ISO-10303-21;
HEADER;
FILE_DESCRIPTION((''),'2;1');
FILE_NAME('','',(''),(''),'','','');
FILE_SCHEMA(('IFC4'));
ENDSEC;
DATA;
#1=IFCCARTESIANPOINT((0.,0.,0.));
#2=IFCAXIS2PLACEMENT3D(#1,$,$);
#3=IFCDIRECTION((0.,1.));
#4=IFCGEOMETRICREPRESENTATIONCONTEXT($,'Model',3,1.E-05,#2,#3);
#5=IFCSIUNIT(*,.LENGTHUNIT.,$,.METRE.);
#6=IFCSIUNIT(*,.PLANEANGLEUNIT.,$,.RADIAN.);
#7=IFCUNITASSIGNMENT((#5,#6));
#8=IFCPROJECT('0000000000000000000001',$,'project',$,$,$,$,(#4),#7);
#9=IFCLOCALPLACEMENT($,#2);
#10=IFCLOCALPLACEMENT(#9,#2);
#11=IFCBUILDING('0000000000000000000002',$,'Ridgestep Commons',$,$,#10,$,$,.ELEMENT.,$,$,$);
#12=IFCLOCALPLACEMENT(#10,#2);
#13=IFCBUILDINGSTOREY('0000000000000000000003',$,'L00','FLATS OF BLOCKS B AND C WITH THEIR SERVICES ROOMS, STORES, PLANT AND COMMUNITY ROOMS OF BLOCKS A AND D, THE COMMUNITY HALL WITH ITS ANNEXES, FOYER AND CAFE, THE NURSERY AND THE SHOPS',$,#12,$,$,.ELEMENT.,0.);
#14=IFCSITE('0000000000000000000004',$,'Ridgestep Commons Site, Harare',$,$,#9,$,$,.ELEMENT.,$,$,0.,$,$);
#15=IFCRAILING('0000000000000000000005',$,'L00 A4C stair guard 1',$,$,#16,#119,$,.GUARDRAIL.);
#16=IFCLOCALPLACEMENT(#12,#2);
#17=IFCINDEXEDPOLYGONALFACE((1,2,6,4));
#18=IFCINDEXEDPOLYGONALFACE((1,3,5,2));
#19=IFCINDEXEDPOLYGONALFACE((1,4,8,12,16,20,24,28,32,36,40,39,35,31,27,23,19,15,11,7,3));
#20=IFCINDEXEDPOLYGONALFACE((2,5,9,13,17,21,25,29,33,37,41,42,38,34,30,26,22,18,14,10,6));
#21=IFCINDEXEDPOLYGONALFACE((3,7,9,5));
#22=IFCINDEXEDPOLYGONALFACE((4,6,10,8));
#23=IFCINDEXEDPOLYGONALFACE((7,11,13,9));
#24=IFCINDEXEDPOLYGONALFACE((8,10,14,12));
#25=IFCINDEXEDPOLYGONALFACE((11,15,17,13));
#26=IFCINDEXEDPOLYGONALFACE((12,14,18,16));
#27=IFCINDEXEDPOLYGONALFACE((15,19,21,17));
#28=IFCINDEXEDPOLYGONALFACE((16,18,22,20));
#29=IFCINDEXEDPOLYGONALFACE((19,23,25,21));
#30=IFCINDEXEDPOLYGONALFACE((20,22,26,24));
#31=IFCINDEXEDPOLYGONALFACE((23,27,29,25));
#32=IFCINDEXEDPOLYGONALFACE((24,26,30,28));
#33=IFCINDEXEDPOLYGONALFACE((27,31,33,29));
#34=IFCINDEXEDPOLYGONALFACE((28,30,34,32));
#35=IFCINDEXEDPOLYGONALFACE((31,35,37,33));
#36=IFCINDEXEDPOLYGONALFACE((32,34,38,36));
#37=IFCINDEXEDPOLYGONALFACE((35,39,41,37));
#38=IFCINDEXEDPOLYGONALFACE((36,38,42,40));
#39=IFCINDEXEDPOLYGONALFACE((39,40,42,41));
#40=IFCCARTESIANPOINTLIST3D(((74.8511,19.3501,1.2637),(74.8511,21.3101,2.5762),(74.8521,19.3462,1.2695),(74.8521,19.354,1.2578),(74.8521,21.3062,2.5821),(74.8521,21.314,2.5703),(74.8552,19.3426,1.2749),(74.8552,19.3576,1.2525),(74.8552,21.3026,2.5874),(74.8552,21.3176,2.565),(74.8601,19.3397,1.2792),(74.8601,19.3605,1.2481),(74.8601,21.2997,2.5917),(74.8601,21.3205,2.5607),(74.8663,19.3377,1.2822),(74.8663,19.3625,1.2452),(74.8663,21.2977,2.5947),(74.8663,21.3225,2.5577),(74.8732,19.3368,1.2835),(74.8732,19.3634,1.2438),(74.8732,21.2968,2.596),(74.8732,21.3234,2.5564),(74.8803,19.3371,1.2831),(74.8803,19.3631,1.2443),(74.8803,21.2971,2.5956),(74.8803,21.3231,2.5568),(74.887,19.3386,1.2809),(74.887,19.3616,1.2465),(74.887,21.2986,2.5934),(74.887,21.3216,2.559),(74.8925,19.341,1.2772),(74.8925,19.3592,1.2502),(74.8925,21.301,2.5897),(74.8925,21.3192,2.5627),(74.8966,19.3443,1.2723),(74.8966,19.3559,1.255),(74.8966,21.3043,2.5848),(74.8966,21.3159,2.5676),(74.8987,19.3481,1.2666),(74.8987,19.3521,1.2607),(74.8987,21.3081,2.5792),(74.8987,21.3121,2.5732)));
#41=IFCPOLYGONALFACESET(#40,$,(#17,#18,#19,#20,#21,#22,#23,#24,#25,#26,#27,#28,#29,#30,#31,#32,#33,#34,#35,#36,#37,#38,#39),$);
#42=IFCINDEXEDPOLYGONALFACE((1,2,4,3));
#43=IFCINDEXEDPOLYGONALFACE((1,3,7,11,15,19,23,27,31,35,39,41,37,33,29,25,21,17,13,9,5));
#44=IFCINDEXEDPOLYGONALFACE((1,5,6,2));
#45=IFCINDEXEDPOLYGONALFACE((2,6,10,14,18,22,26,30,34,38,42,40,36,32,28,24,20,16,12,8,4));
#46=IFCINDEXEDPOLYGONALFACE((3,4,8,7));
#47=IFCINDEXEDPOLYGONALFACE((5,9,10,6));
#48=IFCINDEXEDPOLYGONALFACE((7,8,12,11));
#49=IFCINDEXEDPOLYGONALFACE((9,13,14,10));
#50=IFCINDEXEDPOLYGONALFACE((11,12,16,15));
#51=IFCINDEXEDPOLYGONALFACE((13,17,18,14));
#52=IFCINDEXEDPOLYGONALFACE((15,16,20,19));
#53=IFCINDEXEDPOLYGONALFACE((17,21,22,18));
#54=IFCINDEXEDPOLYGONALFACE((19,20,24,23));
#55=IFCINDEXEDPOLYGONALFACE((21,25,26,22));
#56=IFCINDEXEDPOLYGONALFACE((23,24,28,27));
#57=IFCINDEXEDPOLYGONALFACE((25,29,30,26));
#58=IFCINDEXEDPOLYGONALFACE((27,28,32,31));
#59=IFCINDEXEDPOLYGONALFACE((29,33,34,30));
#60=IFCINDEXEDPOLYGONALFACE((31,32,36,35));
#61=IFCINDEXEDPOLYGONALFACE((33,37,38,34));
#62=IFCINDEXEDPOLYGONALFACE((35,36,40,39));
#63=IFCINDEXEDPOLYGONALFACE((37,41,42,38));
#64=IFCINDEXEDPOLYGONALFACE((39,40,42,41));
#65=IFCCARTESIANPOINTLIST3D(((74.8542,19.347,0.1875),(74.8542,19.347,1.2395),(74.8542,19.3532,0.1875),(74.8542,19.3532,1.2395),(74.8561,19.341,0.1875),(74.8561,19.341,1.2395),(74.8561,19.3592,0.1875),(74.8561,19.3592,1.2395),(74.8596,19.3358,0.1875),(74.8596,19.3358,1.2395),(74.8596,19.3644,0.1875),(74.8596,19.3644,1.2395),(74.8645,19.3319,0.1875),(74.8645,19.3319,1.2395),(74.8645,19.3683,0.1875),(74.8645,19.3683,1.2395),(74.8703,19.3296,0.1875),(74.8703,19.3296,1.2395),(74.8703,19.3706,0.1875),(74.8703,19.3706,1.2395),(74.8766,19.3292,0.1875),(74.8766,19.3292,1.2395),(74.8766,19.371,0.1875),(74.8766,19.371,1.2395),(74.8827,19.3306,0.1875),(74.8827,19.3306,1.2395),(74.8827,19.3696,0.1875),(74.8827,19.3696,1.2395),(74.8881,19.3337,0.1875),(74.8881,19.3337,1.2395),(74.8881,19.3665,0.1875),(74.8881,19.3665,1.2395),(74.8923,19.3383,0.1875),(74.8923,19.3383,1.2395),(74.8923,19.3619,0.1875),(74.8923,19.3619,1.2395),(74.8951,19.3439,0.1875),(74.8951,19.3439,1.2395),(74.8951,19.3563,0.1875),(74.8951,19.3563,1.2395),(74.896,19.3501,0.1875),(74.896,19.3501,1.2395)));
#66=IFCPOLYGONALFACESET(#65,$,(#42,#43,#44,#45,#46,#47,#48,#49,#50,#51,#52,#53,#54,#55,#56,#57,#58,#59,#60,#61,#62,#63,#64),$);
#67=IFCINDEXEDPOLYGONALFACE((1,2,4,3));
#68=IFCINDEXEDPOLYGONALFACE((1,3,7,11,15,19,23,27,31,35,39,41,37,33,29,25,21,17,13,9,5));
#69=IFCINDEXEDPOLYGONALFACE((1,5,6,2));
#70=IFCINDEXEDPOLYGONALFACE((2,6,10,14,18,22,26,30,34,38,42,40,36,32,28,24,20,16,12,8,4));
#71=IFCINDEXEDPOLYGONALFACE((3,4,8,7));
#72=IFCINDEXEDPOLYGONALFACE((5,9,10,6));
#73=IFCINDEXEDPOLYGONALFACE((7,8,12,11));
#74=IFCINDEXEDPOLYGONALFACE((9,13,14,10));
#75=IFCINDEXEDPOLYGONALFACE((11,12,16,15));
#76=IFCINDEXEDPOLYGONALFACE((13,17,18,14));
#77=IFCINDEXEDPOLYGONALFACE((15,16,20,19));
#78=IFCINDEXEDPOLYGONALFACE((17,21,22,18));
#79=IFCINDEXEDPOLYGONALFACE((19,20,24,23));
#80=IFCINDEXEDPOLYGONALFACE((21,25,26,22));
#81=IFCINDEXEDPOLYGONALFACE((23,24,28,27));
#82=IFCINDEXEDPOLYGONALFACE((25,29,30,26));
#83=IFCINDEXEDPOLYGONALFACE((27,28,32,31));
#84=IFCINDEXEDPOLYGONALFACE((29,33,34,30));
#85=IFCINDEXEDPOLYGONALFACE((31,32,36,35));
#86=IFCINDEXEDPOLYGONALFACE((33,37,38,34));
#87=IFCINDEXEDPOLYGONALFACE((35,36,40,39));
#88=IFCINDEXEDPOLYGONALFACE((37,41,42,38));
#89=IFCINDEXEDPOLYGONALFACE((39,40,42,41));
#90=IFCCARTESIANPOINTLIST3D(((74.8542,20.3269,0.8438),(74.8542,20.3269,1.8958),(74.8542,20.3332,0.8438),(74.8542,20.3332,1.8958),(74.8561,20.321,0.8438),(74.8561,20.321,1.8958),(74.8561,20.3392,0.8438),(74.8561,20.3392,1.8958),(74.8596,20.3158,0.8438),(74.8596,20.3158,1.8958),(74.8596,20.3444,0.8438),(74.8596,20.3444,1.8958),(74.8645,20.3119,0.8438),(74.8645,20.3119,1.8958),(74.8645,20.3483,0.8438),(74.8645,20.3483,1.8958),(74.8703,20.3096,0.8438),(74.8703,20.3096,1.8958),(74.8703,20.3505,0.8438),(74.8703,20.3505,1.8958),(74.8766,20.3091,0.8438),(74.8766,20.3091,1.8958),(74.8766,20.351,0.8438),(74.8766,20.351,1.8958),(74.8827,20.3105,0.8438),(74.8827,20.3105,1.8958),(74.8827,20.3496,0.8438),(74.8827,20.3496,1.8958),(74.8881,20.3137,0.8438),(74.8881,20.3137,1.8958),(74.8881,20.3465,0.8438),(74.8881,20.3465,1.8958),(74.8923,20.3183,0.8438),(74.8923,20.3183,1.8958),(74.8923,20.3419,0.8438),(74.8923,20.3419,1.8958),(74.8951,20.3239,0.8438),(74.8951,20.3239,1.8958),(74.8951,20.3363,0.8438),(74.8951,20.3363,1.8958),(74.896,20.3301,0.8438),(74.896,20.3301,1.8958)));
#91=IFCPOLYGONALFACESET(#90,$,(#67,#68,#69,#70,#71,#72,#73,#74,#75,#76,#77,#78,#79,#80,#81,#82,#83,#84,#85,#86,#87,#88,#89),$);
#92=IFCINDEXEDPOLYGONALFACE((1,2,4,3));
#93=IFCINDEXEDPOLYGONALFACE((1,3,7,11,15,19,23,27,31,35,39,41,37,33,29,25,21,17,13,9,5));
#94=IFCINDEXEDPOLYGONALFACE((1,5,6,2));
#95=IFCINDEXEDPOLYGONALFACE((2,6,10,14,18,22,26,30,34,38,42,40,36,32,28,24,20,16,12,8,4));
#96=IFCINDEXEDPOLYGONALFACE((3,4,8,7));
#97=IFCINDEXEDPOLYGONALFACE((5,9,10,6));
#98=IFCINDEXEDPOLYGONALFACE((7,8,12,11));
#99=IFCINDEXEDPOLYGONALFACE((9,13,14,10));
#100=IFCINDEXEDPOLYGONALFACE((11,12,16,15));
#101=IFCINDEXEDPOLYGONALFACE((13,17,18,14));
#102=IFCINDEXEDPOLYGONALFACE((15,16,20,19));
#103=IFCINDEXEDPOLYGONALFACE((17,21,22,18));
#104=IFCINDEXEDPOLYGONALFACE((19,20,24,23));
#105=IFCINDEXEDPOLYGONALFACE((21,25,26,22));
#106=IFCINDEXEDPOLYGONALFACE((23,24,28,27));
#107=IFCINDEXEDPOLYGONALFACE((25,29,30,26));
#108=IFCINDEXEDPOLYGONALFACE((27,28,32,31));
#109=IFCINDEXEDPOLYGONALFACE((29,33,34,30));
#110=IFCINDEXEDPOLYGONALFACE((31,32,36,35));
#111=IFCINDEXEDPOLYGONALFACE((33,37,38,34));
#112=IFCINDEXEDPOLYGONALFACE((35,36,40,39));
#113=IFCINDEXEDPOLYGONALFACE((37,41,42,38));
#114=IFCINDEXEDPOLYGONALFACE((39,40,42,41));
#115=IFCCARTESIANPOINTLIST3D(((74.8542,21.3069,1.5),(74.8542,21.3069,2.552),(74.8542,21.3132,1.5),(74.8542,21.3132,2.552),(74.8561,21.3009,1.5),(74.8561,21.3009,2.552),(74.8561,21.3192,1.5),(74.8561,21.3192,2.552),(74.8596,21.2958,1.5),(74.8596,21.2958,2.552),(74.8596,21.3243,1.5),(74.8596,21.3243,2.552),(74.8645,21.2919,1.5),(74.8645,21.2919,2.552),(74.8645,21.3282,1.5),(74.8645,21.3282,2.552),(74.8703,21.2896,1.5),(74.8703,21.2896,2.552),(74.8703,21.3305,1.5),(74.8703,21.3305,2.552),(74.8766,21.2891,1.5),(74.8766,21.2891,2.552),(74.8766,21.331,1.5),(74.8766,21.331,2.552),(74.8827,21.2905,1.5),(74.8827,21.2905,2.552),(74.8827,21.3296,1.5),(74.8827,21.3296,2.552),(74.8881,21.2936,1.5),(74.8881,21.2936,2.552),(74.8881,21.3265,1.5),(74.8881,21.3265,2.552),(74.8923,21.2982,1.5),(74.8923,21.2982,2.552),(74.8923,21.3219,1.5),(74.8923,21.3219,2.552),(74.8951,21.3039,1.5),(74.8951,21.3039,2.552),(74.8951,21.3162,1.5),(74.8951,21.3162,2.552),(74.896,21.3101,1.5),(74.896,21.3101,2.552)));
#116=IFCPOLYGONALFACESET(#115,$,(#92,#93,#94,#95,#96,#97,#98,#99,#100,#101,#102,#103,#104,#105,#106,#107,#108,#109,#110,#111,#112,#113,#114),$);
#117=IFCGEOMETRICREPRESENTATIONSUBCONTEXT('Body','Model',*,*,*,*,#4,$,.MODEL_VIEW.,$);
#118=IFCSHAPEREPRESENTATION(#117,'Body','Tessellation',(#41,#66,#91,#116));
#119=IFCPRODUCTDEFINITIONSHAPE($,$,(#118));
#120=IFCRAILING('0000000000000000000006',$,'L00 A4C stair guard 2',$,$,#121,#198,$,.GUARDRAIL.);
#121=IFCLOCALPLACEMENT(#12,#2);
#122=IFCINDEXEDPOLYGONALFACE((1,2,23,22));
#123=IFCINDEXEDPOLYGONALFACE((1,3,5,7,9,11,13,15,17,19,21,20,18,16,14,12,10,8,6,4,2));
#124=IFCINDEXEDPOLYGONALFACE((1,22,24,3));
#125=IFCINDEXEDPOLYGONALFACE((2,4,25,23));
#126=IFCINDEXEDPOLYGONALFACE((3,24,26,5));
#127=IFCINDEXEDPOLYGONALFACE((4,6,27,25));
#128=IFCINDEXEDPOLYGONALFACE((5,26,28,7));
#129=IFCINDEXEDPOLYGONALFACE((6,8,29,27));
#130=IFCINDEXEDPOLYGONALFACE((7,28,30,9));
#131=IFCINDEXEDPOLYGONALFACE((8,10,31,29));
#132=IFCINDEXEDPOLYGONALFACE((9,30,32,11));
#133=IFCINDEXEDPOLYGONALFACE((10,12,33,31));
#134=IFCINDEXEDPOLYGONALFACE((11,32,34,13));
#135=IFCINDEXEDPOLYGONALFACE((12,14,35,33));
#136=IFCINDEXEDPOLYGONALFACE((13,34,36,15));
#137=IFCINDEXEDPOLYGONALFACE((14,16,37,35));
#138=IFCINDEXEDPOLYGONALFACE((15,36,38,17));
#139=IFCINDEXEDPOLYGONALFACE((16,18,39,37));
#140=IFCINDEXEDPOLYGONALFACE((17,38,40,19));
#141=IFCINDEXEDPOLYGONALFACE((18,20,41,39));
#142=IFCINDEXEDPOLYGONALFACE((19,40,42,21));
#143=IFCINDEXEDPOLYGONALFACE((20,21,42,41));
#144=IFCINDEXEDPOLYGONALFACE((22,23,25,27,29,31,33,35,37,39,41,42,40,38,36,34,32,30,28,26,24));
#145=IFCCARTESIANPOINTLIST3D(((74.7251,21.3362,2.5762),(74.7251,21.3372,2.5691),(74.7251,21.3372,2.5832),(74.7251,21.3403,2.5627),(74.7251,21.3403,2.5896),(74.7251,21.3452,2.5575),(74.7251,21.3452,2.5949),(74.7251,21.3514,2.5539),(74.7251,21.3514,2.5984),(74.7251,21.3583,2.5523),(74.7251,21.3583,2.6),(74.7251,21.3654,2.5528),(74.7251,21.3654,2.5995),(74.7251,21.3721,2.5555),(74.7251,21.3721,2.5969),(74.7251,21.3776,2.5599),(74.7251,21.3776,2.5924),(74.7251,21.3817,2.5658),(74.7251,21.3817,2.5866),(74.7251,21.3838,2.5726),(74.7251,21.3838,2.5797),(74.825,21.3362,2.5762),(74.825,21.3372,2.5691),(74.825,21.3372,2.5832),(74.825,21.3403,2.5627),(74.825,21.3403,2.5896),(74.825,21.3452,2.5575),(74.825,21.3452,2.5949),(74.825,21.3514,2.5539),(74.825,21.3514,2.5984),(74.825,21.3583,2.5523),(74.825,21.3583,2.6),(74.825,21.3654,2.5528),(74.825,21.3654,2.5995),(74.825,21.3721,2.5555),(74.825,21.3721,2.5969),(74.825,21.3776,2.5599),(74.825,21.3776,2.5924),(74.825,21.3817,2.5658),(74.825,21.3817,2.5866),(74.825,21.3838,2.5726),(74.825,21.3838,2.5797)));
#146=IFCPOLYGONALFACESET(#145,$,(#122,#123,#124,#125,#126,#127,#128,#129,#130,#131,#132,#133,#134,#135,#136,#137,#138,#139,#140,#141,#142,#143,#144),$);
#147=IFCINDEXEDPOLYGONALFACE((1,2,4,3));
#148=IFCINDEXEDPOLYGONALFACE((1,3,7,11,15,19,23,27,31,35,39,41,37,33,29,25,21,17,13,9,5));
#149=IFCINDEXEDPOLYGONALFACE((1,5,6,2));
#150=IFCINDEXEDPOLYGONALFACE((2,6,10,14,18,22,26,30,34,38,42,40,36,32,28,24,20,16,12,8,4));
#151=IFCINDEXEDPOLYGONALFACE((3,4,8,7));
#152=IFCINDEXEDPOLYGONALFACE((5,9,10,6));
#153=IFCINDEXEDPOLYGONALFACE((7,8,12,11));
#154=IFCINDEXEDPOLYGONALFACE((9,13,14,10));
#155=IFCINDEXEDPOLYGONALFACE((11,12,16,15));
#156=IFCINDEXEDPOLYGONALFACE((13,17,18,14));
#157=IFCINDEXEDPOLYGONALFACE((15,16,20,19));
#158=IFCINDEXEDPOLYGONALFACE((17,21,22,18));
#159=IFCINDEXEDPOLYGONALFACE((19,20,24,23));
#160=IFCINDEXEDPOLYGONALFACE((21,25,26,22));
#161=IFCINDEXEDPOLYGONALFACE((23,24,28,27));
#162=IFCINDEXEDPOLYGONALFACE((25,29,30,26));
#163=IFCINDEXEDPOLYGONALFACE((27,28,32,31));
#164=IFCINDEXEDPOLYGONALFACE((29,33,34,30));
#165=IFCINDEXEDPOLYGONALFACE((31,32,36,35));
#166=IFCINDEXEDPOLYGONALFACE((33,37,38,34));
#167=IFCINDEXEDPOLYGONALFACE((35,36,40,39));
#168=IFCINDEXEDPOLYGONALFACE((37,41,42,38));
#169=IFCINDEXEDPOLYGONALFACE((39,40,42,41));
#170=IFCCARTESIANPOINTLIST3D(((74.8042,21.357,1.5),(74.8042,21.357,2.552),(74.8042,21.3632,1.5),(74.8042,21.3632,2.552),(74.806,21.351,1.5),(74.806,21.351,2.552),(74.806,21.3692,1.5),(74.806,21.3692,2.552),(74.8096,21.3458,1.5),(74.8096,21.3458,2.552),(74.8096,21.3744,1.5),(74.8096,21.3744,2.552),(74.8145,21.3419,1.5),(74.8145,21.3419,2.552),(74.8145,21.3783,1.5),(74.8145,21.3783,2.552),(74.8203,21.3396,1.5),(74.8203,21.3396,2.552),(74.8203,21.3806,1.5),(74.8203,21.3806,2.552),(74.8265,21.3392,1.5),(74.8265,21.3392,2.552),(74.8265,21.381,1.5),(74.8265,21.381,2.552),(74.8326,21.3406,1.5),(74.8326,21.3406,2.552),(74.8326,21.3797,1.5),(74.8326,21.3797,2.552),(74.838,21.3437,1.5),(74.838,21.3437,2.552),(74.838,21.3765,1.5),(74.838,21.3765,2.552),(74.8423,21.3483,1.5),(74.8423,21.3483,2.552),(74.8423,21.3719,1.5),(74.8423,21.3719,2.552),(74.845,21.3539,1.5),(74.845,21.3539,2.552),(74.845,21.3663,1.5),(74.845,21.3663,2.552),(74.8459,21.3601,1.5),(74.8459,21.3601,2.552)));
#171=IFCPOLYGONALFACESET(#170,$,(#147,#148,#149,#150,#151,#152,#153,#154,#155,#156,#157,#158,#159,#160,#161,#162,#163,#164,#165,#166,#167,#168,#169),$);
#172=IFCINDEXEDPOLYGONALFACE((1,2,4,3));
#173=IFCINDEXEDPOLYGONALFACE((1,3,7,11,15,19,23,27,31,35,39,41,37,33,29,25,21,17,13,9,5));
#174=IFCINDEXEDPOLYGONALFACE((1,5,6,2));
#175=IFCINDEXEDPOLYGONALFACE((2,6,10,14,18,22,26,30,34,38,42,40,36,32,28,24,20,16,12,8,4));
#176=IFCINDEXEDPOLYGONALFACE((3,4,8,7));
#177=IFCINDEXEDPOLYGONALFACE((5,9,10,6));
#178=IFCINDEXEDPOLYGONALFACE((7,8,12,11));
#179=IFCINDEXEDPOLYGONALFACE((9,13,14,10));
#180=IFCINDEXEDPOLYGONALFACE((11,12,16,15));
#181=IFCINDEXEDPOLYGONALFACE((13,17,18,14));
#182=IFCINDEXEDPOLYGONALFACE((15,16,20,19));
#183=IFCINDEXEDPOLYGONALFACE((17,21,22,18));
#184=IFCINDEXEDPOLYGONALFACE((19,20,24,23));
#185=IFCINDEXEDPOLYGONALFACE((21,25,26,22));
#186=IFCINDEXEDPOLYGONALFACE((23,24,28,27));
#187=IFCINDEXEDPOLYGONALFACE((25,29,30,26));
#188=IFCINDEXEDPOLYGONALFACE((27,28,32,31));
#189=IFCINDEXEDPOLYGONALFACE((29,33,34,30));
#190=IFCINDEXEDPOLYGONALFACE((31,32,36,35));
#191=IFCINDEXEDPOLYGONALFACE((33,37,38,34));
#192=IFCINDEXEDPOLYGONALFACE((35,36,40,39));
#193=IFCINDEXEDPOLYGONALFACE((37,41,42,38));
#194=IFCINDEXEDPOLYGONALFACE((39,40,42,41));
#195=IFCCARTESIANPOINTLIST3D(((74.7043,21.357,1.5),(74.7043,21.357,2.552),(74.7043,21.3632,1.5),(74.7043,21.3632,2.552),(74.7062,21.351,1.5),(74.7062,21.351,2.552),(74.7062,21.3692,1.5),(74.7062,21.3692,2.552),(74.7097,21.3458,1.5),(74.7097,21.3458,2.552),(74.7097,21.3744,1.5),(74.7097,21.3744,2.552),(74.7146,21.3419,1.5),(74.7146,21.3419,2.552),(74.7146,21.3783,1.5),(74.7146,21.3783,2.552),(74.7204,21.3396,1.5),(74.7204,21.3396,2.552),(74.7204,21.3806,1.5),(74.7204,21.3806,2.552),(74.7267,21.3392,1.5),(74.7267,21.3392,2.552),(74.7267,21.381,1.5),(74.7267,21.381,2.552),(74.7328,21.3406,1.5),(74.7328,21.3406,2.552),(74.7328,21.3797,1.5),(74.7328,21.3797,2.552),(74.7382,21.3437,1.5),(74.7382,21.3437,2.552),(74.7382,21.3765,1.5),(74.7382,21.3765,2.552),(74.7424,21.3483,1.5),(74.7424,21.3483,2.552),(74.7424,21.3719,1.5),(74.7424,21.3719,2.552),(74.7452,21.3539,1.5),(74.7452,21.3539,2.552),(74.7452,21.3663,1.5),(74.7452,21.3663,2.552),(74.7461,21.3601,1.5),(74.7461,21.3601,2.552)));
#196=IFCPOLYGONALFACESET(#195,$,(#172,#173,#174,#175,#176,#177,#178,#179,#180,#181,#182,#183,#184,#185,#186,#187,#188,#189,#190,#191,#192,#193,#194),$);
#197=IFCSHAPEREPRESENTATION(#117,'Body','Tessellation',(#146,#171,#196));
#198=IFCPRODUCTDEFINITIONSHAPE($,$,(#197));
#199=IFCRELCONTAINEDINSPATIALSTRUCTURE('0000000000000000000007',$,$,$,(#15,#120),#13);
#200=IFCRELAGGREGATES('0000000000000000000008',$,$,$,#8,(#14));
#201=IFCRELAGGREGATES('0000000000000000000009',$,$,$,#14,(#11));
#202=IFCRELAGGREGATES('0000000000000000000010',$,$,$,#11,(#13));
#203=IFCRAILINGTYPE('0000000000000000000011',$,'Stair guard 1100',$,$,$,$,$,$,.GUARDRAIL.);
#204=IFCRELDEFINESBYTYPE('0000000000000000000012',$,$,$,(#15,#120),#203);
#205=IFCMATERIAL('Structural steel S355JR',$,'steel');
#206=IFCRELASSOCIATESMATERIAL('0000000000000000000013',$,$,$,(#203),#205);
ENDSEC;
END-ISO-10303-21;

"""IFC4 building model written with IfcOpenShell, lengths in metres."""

from ifc_helpers import new_model, si_unit, direction, frame, origin, origin_2d, place, context, subcontext, project, spatial, circle, extrude, material, type_object, element, save


model = new_model("IFC4")

# Units and contexts
model_context = context("Model", 3, precision=1e-05, world=origin(), true_north=direction((0.0, 1.0)))
body_context = subcontext(model_context, "Body", "Model", "MODEL_VIEW")
ifc_project = project(units=[si_unit("LENGTHUNIT", "METRE"), si_unit("PLANEANGLEUNIT", "RADIAN")], contexts=[model_context])

# Site, building, storey
site_placement = place(None, origin())
site = spatial("IfcSite", under=ifc_project, at=site_placement, Name="Ridgestep Commons Site, Harare", CompositionType="ELEMENT", RefElevation=0.0)
building_placement = place(site_placement, origin())
building = spatial("IfcBuilding", under=site, at=building_placement, Name="Ridgestep Commons", CompositionType="ELEMENT")
storey_placement = place(building_placement, origin())
storey = spatial("IfcBuildingStorey", under=building, at=storey_placement, Name="L00", Description="FLATS OF BLOCKS B AND C WITH THEIR SERVICES ROOMS, STORES, PLANT AND COMMUNITY ROOMS OF BLOCKS A AND D, THE COMMUNITY HALL WITH ITS ANNEXES, FOYER AND CAFE, THE NURSERY AND THE SHOPS", CompositionType="ELEMENT", Elevation=0.0)

# Railings
ifc_material_1 = material(Name="Structural steel S355JR", Category="steel")
railing_type_1 = type_object("IfcRailingType", Name="Stair guard 1100", PredefinedType="GUARDRAIL", material=ifc_material_1)
railing_1_placement = place(storey_placement, frame((74.875, 19.3501, 0.1875)))
element("IfcRailing", 1, at=railing_1_placement, inside=storey, type_object=railing_type_1, Name="L00 A4C stair guard 1", PredefinedType="GUARDRAIL", context=body_context, shape_type="SweptSolid", body=[
    extrude(circle(Radius=0.0239, at=origin_2d()), frame((0.0, 0.0, 1.0762), z_axis=(0.0, 0.830902, 0.556419), x_axis=(-1.0, 0.0, 0.0)), (0.0, 0.0, 1.0), 2.3589),
    extrude(circle(Radius=0.021, at=origin_2d()), origin(), (0.0, 0.0, 1.0), 1.052),
    extrude(circle(Radius=0.021, at=origin_2d()), frame((0.0, 0.98, 0.6562)), (0.0, 0.0, 1.0), 1.052),
    extrude(circle(Radius=0.021, at=origin_2d()), frame((0.0, 1.96, 1.3125)), (0.0, 0.0, 1.0), 1.052),
])
railing_2_placement = place(storey_placement, frame((74.825, 21.3601, 1.5)))
element("IfcRailing", 2, at=railing_2_placement, inside=storey, type_object=railing_type_1, Name="L00 A4C stair guard 2", PredefinedType="GUARDRAIL", context=body_context, shape_type="SweptSolid", body=[
    extrude(circle(Radius=0.0239, at=origin_2d()), frame((0.0, 0.0, 1.0762), z_axis=(-1.0, 0.0, 0.0), x_axis=(0.0, -1.0, 0.0)), (0.0, 0.0, 1.0), 0.0999),
    extrude(circle(Radius=0.021, at=origin_2d()), origin(), (0.0, 0.0, 1.0), 1.052),
    extrude(circle(Radius=0.021, at=origin_2d()), frame((-0.0999, 0.0, 0.0)), (0.0, 0.0, 1.0), 1.052),
])

save(model, "model.ifc")
